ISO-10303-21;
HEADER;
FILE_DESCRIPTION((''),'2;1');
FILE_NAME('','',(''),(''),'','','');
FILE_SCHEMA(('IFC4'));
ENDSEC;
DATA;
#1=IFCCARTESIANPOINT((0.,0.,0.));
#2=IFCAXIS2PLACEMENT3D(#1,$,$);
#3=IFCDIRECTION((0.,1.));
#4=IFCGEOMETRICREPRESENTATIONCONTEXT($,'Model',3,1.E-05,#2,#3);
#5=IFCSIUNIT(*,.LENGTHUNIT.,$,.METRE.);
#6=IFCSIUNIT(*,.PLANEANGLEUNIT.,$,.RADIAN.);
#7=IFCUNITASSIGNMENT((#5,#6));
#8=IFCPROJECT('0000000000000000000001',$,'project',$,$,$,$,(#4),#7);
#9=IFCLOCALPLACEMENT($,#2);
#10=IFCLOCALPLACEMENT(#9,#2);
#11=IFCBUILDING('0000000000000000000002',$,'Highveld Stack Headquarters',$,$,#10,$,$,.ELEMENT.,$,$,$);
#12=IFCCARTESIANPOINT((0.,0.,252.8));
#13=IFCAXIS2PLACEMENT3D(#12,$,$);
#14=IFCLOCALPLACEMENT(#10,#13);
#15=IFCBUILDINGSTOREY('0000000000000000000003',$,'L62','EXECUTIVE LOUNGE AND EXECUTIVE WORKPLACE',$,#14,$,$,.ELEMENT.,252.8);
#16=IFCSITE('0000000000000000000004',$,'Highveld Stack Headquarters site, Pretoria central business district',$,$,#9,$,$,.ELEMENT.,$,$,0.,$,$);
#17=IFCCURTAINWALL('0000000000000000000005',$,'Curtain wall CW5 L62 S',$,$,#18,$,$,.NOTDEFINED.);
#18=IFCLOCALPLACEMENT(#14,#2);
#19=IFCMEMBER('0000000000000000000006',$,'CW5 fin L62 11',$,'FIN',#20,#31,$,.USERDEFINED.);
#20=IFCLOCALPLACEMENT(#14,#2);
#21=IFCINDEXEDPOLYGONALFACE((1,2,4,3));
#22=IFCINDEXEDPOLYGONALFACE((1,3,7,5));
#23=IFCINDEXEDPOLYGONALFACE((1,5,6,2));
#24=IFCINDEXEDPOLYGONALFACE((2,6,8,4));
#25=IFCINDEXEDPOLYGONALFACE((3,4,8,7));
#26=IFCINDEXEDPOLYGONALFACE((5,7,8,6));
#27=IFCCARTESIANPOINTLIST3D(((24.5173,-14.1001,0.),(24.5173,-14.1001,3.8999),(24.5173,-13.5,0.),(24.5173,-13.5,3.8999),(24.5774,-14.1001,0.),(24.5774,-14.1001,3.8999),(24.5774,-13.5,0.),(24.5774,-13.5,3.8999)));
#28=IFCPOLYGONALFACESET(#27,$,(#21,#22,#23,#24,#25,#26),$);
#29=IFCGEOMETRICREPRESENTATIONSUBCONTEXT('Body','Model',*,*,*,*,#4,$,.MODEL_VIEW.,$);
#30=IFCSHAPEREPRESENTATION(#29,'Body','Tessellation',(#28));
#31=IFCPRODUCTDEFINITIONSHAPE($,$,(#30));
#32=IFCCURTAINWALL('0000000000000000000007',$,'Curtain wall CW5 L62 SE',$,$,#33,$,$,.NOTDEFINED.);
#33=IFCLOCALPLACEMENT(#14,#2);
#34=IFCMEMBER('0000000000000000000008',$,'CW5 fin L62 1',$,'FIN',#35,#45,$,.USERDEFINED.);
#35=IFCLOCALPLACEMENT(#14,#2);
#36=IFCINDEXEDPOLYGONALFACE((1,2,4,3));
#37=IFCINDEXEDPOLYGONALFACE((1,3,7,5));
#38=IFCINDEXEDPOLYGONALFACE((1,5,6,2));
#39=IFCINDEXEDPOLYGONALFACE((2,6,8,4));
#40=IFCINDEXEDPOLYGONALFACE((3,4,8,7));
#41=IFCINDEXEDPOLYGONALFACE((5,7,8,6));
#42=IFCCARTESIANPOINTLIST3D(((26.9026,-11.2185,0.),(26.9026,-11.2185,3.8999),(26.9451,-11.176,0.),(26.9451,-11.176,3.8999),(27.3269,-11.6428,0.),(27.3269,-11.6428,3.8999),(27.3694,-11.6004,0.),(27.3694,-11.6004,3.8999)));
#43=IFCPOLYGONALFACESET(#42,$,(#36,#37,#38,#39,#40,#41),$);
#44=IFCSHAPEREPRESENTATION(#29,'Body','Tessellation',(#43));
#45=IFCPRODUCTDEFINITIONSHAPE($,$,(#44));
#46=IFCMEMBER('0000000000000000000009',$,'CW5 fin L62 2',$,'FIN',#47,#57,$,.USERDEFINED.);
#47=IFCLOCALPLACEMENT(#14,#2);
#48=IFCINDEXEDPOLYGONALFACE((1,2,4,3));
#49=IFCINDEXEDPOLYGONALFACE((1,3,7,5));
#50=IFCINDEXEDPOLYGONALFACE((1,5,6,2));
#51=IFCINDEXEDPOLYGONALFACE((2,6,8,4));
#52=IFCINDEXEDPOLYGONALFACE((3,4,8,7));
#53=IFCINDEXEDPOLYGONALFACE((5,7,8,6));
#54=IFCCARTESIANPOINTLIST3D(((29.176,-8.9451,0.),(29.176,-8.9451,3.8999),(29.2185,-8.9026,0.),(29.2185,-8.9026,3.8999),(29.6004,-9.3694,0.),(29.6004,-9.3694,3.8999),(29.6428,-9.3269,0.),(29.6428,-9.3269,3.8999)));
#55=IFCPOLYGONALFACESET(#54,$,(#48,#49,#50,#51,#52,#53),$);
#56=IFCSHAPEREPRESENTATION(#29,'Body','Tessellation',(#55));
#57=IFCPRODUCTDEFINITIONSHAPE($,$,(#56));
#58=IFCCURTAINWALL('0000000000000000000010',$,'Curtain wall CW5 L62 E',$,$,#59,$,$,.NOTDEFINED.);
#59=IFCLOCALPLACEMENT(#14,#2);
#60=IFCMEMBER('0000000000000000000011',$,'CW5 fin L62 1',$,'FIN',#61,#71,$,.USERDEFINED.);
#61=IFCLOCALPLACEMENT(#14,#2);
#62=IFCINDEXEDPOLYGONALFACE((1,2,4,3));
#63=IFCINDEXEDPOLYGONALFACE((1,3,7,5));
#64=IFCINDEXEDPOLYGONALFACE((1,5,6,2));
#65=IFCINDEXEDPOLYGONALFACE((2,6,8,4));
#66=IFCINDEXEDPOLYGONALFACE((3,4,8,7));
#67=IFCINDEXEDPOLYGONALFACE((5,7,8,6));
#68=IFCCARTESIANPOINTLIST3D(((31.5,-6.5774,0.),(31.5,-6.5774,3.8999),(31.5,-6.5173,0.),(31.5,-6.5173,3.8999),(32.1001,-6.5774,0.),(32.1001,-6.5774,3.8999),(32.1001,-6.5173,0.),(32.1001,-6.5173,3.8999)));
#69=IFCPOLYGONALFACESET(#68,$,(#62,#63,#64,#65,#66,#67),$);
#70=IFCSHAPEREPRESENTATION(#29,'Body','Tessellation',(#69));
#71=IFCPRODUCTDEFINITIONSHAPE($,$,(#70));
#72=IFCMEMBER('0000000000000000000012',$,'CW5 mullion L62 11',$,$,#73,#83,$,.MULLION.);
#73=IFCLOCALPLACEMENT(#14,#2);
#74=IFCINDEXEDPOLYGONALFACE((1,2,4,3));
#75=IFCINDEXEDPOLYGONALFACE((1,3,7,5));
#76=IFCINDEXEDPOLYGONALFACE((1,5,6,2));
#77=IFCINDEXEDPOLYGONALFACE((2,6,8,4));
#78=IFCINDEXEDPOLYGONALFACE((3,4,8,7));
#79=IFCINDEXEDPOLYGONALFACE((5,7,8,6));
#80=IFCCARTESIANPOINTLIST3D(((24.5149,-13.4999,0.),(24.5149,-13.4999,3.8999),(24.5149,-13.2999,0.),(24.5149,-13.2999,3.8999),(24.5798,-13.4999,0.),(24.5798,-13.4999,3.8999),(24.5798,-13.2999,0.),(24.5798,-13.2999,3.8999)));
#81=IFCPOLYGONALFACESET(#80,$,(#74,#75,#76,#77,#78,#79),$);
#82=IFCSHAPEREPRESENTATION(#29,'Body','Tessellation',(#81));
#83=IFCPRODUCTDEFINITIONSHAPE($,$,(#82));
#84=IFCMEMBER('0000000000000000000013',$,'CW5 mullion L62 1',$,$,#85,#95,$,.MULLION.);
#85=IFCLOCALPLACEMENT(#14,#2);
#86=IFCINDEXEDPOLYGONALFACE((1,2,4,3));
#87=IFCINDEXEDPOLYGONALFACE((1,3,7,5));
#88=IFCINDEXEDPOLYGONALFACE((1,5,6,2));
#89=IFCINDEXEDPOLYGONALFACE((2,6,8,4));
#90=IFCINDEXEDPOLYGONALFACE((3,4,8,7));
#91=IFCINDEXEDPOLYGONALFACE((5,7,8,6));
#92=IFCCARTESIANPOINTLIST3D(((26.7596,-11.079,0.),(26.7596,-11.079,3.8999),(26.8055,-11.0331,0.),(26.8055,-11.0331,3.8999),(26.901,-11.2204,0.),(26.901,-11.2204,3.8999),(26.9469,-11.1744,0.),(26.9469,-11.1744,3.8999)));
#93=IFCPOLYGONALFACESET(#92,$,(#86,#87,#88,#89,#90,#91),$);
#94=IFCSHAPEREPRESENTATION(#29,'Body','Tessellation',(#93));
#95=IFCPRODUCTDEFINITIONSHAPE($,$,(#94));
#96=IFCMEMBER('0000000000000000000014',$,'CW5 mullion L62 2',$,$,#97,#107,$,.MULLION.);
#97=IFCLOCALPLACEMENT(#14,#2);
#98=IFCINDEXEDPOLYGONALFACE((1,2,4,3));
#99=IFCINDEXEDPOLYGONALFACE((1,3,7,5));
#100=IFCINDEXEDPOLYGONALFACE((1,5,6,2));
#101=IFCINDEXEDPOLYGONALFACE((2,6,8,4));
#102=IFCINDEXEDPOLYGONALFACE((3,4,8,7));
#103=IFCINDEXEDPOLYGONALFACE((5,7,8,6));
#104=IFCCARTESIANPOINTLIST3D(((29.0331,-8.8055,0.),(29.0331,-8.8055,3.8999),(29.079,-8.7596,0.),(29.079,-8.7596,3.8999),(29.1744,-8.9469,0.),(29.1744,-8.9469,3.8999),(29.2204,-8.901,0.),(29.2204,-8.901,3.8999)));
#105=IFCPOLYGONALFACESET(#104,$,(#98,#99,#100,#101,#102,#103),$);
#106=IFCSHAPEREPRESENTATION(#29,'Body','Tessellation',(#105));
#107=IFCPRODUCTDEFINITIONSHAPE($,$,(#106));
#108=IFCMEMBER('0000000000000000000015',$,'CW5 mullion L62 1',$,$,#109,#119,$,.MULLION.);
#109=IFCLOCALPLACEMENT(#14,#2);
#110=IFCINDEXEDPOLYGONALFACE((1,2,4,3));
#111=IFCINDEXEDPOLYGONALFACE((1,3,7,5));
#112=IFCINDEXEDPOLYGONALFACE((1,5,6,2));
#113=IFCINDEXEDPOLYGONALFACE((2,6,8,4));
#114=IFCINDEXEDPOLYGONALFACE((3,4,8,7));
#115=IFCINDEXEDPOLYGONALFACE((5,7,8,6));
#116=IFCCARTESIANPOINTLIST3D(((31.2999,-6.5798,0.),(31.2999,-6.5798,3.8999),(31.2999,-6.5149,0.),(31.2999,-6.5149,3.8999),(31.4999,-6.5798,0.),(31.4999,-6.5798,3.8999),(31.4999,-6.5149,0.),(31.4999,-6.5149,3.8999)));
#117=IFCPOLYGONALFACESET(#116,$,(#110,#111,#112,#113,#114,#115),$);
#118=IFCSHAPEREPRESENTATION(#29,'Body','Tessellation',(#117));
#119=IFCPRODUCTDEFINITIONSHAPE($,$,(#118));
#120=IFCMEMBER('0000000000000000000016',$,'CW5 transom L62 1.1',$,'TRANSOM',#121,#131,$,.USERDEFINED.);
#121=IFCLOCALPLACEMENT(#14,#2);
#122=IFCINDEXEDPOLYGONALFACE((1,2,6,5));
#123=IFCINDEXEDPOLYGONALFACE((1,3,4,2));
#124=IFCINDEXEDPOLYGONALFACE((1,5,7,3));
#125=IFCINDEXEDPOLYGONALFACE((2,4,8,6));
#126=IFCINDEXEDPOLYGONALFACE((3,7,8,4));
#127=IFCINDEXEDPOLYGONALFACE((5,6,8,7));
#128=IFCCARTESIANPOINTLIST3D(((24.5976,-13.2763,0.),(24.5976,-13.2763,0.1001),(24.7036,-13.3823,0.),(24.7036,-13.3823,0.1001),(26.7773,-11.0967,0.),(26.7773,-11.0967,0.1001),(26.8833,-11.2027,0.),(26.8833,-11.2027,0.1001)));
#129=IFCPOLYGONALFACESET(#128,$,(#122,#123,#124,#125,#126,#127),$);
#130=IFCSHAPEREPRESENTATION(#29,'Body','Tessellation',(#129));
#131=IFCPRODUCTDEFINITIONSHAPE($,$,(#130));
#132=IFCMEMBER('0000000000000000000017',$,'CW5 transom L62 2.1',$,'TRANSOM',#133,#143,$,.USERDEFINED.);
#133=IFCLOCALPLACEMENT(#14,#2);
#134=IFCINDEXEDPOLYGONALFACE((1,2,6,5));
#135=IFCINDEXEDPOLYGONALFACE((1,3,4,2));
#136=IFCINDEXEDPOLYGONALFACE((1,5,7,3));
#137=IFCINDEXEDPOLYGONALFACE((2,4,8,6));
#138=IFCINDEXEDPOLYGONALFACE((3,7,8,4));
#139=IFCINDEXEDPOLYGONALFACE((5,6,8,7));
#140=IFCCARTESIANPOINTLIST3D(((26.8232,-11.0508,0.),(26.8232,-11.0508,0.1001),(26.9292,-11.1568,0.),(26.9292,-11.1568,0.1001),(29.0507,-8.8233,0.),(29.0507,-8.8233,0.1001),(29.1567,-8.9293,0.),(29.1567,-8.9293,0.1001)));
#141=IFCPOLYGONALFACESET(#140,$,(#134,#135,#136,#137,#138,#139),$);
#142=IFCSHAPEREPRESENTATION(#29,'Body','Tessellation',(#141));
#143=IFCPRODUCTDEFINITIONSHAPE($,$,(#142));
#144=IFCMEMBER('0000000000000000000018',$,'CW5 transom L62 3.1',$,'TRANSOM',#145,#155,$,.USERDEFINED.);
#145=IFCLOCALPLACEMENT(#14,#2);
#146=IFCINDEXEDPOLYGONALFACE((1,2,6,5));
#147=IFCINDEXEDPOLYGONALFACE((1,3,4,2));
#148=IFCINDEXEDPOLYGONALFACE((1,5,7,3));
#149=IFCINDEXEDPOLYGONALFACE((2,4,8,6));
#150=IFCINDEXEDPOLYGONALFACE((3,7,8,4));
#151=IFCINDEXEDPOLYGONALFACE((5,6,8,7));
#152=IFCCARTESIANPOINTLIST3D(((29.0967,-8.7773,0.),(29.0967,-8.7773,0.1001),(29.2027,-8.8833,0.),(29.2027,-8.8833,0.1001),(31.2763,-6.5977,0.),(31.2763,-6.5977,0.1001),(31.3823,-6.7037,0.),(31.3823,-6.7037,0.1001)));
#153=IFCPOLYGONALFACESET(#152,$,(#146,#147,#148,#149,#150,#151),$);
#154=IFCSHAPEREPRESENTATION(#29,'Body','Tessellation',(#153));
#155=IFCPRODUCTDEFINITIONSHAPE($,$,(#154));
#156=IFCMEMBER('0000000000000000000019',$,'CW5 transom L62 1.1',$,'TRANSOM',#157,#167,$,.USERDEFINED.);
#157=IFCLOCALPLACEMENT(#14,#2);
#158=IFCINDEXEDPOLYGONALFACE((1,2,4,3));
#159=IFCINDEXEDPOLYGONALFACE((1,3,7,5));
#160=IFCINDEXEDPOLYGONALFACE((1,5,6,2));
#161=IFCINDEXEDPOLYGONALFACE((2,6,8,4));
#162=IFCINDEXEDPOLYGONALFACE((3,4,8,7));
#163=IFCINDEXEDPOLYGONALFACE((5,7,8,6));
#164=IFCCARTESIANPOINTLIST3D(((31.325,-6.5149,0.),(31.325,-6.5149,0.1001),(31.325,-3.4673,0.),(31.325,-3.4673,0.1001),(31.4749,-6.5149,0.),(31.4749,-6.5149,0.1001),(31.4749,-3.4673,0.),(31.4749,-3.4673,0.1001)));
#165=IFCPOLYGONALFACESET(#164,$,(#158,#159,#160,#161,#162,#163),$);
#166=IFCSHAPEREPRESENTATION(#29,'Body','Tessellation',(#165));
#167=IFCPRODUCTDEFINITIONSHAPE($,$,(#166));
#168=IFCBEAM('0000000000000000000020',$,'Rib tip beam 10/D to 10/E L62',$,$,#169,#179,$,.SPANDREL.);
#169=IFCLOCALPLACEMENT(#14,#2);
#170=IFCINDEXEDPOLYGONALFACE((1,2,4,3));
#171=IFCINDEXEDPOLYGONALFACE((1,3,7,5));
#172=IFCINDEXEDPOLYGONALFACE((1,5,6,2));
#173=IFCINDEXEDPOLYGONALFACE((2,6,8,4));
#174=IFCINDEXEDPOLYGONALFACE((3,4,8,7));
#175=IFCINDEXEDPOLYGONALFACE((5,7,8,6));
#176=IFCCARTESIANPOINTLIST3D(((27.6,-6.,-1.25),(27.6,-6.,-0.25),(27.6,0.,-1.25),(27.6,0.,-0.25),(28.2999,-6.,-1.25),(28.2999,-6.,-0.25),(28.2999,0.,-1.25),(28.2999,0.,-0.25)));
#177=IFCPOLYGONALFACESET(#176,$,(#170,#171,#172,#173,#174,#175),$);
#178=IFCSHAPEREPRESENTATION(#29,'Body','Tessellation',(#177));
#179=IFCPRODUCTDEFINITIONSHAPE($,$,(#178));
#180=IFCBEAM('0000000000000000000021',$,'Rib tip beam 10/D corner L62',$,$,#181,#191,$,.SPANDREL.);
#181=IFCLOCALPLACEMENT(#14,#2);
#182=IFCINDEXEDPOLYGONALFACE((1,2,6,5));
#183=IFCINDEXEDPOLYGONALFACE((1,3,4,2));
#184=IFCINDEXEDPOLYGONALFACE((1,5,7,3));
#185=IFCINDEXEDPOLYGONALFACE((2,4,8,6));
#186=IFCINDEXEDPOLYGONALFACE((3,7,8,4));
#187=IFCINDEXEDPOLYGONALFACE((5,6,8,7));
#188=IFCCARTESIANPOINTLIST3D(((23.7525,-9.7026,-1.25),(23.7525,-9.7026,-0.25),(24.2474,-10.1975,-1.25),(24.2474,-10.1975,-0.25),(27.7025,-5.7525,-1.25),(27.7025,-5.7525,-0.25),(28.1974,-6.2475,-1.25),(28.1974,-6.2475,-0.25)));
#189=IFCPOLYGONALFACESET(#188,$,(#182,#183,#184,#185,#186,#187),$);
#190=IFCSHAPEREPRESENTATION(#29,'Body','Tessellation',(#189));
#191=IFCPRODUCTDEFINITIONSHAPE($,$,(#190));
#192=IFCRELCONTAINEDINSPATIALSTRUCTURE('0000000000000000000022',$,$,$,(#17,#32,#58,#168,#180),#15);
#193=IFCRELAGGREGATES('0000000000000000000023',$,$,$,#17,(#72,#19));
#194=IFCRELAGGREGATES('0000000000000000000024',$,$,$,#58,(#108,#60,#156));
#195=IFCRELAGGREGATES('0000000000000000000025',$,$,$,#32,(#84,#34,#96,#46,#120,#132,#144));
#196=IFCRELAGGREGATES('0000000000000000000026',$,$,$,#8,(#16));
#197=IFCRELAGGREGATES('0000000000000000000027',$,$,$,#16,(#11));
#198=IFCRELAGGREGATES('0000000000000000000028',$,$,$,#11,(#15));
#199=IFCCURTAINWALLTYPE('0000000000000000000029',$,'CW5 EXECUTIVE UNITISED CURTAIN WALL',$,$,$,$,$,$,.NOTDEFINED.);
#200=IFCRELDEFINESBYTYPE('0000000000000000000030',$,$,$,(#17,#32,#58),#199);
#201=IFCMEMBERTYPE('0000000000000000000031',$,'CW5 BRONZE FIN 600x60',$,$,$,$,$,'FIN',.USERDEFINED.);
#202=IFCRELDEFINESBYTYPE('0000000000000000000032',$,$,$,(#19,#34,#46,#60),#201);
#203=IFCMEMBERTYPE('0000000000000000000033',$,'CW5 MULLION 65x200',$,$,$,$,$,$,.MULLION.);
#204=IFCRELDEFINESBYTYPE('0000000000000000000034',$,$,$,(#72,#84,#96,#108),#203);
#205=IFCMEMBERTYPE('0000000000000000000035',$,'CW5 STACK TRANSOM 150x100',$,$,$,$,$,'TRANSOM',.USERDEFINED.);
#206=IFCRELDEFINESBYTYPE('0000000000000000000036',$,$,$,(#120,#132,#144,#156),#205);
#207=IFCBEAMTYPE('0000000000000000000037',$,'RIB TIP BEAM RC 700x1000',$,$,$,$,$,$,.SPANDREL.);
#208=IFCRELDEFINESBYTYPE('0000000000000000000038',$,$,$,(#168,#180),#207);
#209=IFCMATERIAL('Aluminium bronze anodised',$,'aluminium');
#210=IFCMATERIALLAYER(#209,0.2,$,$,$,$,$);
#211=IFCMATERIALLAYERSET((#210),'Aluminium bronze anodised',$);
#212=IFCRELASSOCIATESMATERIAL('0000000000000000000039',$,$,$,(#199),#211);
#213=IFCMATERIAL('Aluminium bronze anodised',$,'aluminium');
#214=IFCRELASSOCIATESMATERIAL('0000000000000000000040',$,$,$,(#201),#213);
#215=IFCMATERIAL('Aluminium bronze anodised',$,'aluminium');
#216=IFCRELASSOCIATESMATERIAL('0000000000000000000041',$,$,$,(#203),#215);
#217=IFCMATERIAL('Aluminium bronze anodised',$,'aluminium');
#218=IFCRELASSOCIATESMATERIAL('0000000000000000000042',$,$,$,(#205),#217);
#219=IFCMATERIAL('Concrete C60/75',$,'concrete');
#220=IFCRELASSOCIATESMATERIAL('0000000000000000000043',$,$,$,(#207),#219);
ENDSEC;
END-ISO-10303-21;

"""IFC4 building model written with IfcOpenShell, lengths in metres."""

from ifc_helpers import new_model, si_unit, direction, frame, origin, origin_2d, place, context, subcontext, project, spatial, rectangle, extrude, material, layer, layer_set, material_profile, profile_set, type_object, element, aggregate, save


model = new_model("IFC4")

# Units and contexts
model_context = context("Model", 3, precision=1e-05, world=origin(), true_north=direction((0.0, 1.0)))
body_context = subcontext(model_context, "Body", "Model", "MODEL_VIEW")
ifc_project = project(units=[si_unit("LENGTHUNIT", "METRE"), si_unit("PLANEANGLEUNIT", "RADIAN")], contexts=[model_context])

# Site, building, storey
site_placement = place(None, origin())
site = spatial("IfcSite", under=ifc_project, at=site_placement, Name="Highveld Stack Headquarters site, Pretoria central business district", CompositionType="ELEMENT", RefElevation=0.0)
building_placement = place(site_placement, origin())
building = spatial("IfcBuilding", under=site, at=building_placement, Name="Highveld Stack Headquarters", CompositionType="ELEMENT")
storey_placement = place(building_placement, frame((0.0, 0.0, 252.8)))
storey = spatial("IfcBuildingStorey", under=building, at=storey_placement, Name="L62", Description="EXECUTIVE LOUNGE AND EXECUTIVE WORKPLACE", CompositionType="ELEMENT", Elevation=252.8)

# Curtain wall, member
ifc_material_1 = material(Name="Aluminium bronze anodised", Category="aluminium")
ifc_layer_1 = layer(ifc_material_1, 0.2)
ifc_layer_set_1 = layer_set([ifc_layer_1], Name="Aluminium bronze anodised")
curtain_wall_type = type_object("IfcCurtainWallType", Name="CW5 EXECUTIVE UNITISED CURTAIN WALL", PredefinedType="NOTDEFINED", material=ifc_layer_set_1)
curtain_wall_1_placement = place(storey_placement, origin())
curtain_wall_1 = element("IfcCurtainWall", 1, at=curtain_wall_1_placement, inside=storey, type_object=curtain_wall_type, Name="Curtain wall CW5 L62 S", PredefinedType="NOTDEFINED")
ifc_material_2 = material(Name="Aluminium bronze anodised", Category="aluminium")
ifc_material_profile_1 = material_profile(ifc_material_2, rectangle(XDim=0.6001, YDim=0.0601, at=origin_2d()), Name="FIN 600x60")
ifc_profile_set_1 = profile_set([ifc_material_profile_1], Name="Aluminium bronze anodised")
member_type_1 = type_object("IfcMemberType", Name="CW5 BRONZE FIN 600x60", ElementType="FIN", PredefinedType="USERDEFINED", material=ifc_profile_set_1)
member_1_placement = place(storey_placement, frame((24.5474, -13.8, 0.0), z_axis=(0.0, 0.0, 1.0), x_axis=(0.0, 1.0, 0.0)))
member_1 = element("IfcMember", 2, at=member_1_placement, type_object=member_type_1, Name="CW5 fin L62 11", ObjectType="FIN", PredefinedType="USERDEFINED", context=body_context, shape_type="SweptSolid", body=[
    extrude(rectangle(XDim=0.6001, YDim=0.0601, at=origin_2d()), origin(), (0.0, 0.0, 1.0), 3.8999),
])

# Curtain wall, members
curtain_wall_2_placement = place(storey_placement, origin())
curtain_wall_2 = element("IfcCurtainWall", 3, at=curtain_wall_2_placement, inside=storey, type_object=curtain_wall_type, Name="Curtain wall CW5 L62 SE", PredefinedType="NOTDEFINED")
member_2_placement = place(storey_placement, frame((27.136, -11.4094, 0.0), z_axis=(0.0, 0.0, 1.0), x_axis=(-0.707107, 0.707107, 0.0)))
member_2 = element("IfcMember", 4, at=member_2_placement, type_object=member_type_1, Name="CW5 fin L62 1", ObjectType="FIN", PredefinedType="USERDEFINED", context=body_context, shape_type="SweptSolid", body=[
    extrude(rectangle(XDim=0.6001, YDim=0.0601, at=origin_2d()), origin(), (0.0, 0.0, 1.0), 3.8999),
])
member_3_placement = place(storey_placement, frame((29.4094, -9.136, 0.0), z_axis=(0.0, 0.0, 1.0), x_axis=(-0.707107, 0.707107, 0.0)))
member_3 = element("IfcMember", 5, at=member_3_placement, type_object=member_type_1, Name="CW5 fin L62 2", ObjectType="FIN", PredefinedType="USERDEFINED", context=body_context, shape_type="SweptSolid", body=[
    extrude(rectangle(XDim=0.6001, YDim=0.0601, at=origin_2d()), origin(), (0.0, 0.0, 1.0), 3.8999),
])

# Curtain wall, member
curtain_wall_3_placement = place(storey_placement, origin())
curtain_wall_3 = element("IfcCurtainWall", 6, at=curtain_wall_3_placement, inside=storey, type_object=curtain_wall_type, Name="Curtain wall CW5 L62 E", PredefinedType="NOTDEFINED")
member_4_placement = place(storey_placement, frame((31.8, -6.5474, 0.0), z_axis=(0.0, 0.0, 1.0), x_axis=(-1.0, 0.0, 0.0)))
member_4 = element("IfcMember", 7, at=member_4_placement, type_object=member_type_1, Name="CW5 fin L62 1", ObjectType="FIN", PredefinedType="USERDEFINED", context=body_context, shape_type="SweptSolid", body=[
    extrude(rectangle(XDim=0.6001, YDim=0.0601, at=origin_2d()), origin(), (0.0, 0.0, 1.0), 3.8999),
])

# Members
ifc_material_3 = material(Name="Aluminium bronze anodised", Category="aluminium")
ifc_material_profile_2 = material_profile(ifc_material_3, rectangle(XDim=0.2, YDim=0.0649, at=origin_2d()), Name="CW5 MULLION 65x200")
ifc_profile_set_2 = profile_set([ifc_material_profile_2], Name="Aluminium bronze anodised")
member_type_2 = type_object("IfcMemberType", Name="CW5 MULLION 65x200", PredefinedType="MULLION", material=ifc_profile_set_2)
member_5_placement = place(storey_placement, frame((24.5474, -13.3999, 0.0), z_axis=(0.0, 0.0, 1.0), x_axis=(0.0, 1.0, 0.0)))
member_5 = element("IfcMember", 8, at=member_5_placement, type_object=member_type_2, Name="CW5 mullion L62 11", PredefinedType="MULLION", context=body_context, shape_type="SweptSolid", body=[
    extrude(rectangle(XDim=0.2, YDim=0.0649, at=origin_2d()), origin(), (0.0, 0.0, 1.0), 3.8999),
])
aggregate(curtain_wall_1, [member_5, member_1])
member_6_placement = place(storey_placement, frame((26.8533, -11.1267, 0.0), z_axis=(0.0, 0.0, 1.0), x_axis=(-0.707107, 0.707107, 0.0)))
member_6 = element("IfcMember", 9, at=member_6_placement, type_object=member_type_2, Name="CW5 mullion L62 1", PredefinedType="MULLION", context=body_context, shape_type="SweptSolid", body=[
    extrude(rectangle(XDim=0.2, YDim=0.0649, at=origin_2d()), origin(), (0.0, 0.0, 1.0), 3.8999),
])
member_7_placement = place(storey_placement, frame((29.1267, -8.8533, 0.0), z_axis=(0.0, 0.0, 1.0), x_axis=(-0.707107, 0.707107, 0.0)))
member_7 = element("IfcMember", 10, at=member_7_placement, type_object=member_type_2, Name="CW5 mullion L62 2", PredefinedType="MULLION", context=body_context, shape_type="SweptSolid", body=[
    extrude(rectangle(XDim=0.2, YDim=0.0649, at=origin_2d()), origin(), (0.0, 0.0, 1.0), 3.8999),
])
member_8_placement = place(storey_placement, frame((31.3999, -6.5474, 0.0), z_axis=(0.0, 0.0, 1.0), x_axis=(-1.0, 0.0, 0.0)))
member_8 = element("IfcMember", 11, at=member_8_placement, type_object=member_type_2, Name="CW5 mullion L62 1", PredefinedType="MULLION", context=body_context, shape_type="SweptSolid", body=[
    extrude(rectangle(XDim=0.2, YDim=0.0649, at=origin_2d()), origin(), (0.0, 0.0, 1.0), 3.8999),
])
ifc_material_4 = material(Name="Aluminium bronze anodised", Category="aluminium")
ifc_material_profile_3 = material_profile(ifc_material_4, rectangle(XDim=0.1499, YDim=0.1001, at=origin_2d()), Name="CW5 TRANSOM 150x100")
ifc_profile_set_3 = profile_set([ifc_material_profile_3], Name="Aluminium bronze anodised")
member_type_3 = type_object("IfcMemberType", Name="CW5 STACK TRANSOM 150x100", ElementType="TRANSOM", PredefinedType="USERDEFINED", material=ifc_profile_set_3)
member_9_placement = place(storey_placement, frame((24.6506, -13.3293, 0.05), z_axis=(0.707107, 0.707107, 0.0), x_axis=(-0.707107, 0.707107, 0.0)))
member_9 = element("IfcMember", 12, at=member_9_placement, type_object=member_type_3, Name="CW5 transom L62 1.1", ObjectType="TRANSOM", PredefinedType="USERDEFINED", context=body_context, shape_type="SweptSolid", body=[
    extrude(rectangle(XDim=0.1499, YDim=0.1001, at=origin_2d()), origin(), (0.0, 0.0, 1.0), 3.0825),
])
member_10_placement = place(storey_placement, frame((26.8762, -11.1038, 0.05), z_axis=(0.707107, 0.707107, 0.0), x_axis=(-0.707107, 0.707107, 0.0)))
member_10 = element("IfcMember", 13, at=member_10_placement, type_object=member_type_3, Name="CW5 transom L62 2.1", ObjectType="TRANSOM", PredefinedType="USERDEFINED", context=body_context, shape_type="SweptSolid", body=[
    extrude(rectangle(XDim=0.1499, YDim=0.1001, at=origin_2d()), origin(), (0.0, 0.0, 1.0), 3.1501),
])
member_11_placement = place(storey_placement, frame((29.1497, -8.8303, 0.05), z_axis=(0.707107, 0.707107, 0.0), x_axis=(-0.707107, 0.707107, 0.0)))
member_11 = element("IfcMember", 14, at=member_11_placement, type_object=member_type_3, Name="CW5 transom L62 3.1", ObjectType="TRANSOM", PredefinedType="USERDEFINED", context=body_context, shape_type="SweptSolid", body=[
    extrude(rectangle(XDim=0.1499, YDim=0.1001, at=origin_2d()), origin(), (0.0, 0.0, 1.0), 3.0825),
])
member_12_placement = place(storey_placement, frame((31.3999, -6.5149, 0.05), z_axis=(0.0, 1.0, 0.0), x_axis=(-1.0, 0.0, 0.0)))
member_12 = element("IfcMember", 15, at=member_12_placement, type_object=member_type_3, Name="CW5 transom L62 1.1", ObjectType="TRANSOM", PredefinedType="USERDEFINED", context=body_context, shape_type="SweptSolid", body=[
    extrude(rectangle(XDim=0.1499, YDim=0.1001, at=origin_2d()), origin(), (0.0, 0.0, 1.0), 3.0476),
])
aggregate(curtain_wall_3, [member_8, member_4, member_12])

# Beams
ifc_material_5 = material(Name="Concrete C60/75", Category="concrete")
ifc_material_profile_4 = material_profile(ifc_material_5, rectangle(XDim=0.7, YDim=1.0, at=origin_2d()), Name="RC 700x1000")
ifc_profile_set_4 = profile_set([ifc_material_profile_4], Name="Concrete C60/75")
beam_type = type_object("IfcBeamType", Name="RIB TIP BEAM RC 700x1000", PredefinedType="SPANDREL", material=ifc_profile_set_4)
beam_1_placement = place(storey_placement, frame((27.95, -6.0, -0.75), z_axis=(0.0, 1.0, 0.0), x_axis=(-1.0, 0.0, 0.0)))
element("IfcBeam", 16, at=beam_1_placement, inside=storey, type_object=beam_type, Name="Rib tip beam 10/D to 10/E L62", PredefinedType="SPANDREL", context=body_context, shape_type="SweptSolid", body=[
    extrude(rectangle(XDim=0.7, YDim=1.0, at=origin_2d()), origin(), (0.0, 0.0, 1.0), 6.0),
])
beam_2_placement = place(storey_placement, frame((27.95, -6.0, -0.75), z_axis=(-0.707107, -0.707107, 0.0), x_axis=(0.707107, -0.707107, 0.0)))
element("IfcBeam", 17, at=beam_2_placement, inside=storey, type_object=beam_type, Name="Rib tip beam 10/D corner L62", PredefinedType="SPANDREL", context=body_context, shape_type="SweptSolid", body=[
    extrude(rectangle(XDim=0.7, YDim=1.0, at=origin_2d()), origin(), (0.0, 0.0, 1.0), 5.5862),
])

aggregate(curtain_wall_2, [member_6, member_2, member_7, member_3, member_9, member_10, member_11])

save(model, "model.ifc")
